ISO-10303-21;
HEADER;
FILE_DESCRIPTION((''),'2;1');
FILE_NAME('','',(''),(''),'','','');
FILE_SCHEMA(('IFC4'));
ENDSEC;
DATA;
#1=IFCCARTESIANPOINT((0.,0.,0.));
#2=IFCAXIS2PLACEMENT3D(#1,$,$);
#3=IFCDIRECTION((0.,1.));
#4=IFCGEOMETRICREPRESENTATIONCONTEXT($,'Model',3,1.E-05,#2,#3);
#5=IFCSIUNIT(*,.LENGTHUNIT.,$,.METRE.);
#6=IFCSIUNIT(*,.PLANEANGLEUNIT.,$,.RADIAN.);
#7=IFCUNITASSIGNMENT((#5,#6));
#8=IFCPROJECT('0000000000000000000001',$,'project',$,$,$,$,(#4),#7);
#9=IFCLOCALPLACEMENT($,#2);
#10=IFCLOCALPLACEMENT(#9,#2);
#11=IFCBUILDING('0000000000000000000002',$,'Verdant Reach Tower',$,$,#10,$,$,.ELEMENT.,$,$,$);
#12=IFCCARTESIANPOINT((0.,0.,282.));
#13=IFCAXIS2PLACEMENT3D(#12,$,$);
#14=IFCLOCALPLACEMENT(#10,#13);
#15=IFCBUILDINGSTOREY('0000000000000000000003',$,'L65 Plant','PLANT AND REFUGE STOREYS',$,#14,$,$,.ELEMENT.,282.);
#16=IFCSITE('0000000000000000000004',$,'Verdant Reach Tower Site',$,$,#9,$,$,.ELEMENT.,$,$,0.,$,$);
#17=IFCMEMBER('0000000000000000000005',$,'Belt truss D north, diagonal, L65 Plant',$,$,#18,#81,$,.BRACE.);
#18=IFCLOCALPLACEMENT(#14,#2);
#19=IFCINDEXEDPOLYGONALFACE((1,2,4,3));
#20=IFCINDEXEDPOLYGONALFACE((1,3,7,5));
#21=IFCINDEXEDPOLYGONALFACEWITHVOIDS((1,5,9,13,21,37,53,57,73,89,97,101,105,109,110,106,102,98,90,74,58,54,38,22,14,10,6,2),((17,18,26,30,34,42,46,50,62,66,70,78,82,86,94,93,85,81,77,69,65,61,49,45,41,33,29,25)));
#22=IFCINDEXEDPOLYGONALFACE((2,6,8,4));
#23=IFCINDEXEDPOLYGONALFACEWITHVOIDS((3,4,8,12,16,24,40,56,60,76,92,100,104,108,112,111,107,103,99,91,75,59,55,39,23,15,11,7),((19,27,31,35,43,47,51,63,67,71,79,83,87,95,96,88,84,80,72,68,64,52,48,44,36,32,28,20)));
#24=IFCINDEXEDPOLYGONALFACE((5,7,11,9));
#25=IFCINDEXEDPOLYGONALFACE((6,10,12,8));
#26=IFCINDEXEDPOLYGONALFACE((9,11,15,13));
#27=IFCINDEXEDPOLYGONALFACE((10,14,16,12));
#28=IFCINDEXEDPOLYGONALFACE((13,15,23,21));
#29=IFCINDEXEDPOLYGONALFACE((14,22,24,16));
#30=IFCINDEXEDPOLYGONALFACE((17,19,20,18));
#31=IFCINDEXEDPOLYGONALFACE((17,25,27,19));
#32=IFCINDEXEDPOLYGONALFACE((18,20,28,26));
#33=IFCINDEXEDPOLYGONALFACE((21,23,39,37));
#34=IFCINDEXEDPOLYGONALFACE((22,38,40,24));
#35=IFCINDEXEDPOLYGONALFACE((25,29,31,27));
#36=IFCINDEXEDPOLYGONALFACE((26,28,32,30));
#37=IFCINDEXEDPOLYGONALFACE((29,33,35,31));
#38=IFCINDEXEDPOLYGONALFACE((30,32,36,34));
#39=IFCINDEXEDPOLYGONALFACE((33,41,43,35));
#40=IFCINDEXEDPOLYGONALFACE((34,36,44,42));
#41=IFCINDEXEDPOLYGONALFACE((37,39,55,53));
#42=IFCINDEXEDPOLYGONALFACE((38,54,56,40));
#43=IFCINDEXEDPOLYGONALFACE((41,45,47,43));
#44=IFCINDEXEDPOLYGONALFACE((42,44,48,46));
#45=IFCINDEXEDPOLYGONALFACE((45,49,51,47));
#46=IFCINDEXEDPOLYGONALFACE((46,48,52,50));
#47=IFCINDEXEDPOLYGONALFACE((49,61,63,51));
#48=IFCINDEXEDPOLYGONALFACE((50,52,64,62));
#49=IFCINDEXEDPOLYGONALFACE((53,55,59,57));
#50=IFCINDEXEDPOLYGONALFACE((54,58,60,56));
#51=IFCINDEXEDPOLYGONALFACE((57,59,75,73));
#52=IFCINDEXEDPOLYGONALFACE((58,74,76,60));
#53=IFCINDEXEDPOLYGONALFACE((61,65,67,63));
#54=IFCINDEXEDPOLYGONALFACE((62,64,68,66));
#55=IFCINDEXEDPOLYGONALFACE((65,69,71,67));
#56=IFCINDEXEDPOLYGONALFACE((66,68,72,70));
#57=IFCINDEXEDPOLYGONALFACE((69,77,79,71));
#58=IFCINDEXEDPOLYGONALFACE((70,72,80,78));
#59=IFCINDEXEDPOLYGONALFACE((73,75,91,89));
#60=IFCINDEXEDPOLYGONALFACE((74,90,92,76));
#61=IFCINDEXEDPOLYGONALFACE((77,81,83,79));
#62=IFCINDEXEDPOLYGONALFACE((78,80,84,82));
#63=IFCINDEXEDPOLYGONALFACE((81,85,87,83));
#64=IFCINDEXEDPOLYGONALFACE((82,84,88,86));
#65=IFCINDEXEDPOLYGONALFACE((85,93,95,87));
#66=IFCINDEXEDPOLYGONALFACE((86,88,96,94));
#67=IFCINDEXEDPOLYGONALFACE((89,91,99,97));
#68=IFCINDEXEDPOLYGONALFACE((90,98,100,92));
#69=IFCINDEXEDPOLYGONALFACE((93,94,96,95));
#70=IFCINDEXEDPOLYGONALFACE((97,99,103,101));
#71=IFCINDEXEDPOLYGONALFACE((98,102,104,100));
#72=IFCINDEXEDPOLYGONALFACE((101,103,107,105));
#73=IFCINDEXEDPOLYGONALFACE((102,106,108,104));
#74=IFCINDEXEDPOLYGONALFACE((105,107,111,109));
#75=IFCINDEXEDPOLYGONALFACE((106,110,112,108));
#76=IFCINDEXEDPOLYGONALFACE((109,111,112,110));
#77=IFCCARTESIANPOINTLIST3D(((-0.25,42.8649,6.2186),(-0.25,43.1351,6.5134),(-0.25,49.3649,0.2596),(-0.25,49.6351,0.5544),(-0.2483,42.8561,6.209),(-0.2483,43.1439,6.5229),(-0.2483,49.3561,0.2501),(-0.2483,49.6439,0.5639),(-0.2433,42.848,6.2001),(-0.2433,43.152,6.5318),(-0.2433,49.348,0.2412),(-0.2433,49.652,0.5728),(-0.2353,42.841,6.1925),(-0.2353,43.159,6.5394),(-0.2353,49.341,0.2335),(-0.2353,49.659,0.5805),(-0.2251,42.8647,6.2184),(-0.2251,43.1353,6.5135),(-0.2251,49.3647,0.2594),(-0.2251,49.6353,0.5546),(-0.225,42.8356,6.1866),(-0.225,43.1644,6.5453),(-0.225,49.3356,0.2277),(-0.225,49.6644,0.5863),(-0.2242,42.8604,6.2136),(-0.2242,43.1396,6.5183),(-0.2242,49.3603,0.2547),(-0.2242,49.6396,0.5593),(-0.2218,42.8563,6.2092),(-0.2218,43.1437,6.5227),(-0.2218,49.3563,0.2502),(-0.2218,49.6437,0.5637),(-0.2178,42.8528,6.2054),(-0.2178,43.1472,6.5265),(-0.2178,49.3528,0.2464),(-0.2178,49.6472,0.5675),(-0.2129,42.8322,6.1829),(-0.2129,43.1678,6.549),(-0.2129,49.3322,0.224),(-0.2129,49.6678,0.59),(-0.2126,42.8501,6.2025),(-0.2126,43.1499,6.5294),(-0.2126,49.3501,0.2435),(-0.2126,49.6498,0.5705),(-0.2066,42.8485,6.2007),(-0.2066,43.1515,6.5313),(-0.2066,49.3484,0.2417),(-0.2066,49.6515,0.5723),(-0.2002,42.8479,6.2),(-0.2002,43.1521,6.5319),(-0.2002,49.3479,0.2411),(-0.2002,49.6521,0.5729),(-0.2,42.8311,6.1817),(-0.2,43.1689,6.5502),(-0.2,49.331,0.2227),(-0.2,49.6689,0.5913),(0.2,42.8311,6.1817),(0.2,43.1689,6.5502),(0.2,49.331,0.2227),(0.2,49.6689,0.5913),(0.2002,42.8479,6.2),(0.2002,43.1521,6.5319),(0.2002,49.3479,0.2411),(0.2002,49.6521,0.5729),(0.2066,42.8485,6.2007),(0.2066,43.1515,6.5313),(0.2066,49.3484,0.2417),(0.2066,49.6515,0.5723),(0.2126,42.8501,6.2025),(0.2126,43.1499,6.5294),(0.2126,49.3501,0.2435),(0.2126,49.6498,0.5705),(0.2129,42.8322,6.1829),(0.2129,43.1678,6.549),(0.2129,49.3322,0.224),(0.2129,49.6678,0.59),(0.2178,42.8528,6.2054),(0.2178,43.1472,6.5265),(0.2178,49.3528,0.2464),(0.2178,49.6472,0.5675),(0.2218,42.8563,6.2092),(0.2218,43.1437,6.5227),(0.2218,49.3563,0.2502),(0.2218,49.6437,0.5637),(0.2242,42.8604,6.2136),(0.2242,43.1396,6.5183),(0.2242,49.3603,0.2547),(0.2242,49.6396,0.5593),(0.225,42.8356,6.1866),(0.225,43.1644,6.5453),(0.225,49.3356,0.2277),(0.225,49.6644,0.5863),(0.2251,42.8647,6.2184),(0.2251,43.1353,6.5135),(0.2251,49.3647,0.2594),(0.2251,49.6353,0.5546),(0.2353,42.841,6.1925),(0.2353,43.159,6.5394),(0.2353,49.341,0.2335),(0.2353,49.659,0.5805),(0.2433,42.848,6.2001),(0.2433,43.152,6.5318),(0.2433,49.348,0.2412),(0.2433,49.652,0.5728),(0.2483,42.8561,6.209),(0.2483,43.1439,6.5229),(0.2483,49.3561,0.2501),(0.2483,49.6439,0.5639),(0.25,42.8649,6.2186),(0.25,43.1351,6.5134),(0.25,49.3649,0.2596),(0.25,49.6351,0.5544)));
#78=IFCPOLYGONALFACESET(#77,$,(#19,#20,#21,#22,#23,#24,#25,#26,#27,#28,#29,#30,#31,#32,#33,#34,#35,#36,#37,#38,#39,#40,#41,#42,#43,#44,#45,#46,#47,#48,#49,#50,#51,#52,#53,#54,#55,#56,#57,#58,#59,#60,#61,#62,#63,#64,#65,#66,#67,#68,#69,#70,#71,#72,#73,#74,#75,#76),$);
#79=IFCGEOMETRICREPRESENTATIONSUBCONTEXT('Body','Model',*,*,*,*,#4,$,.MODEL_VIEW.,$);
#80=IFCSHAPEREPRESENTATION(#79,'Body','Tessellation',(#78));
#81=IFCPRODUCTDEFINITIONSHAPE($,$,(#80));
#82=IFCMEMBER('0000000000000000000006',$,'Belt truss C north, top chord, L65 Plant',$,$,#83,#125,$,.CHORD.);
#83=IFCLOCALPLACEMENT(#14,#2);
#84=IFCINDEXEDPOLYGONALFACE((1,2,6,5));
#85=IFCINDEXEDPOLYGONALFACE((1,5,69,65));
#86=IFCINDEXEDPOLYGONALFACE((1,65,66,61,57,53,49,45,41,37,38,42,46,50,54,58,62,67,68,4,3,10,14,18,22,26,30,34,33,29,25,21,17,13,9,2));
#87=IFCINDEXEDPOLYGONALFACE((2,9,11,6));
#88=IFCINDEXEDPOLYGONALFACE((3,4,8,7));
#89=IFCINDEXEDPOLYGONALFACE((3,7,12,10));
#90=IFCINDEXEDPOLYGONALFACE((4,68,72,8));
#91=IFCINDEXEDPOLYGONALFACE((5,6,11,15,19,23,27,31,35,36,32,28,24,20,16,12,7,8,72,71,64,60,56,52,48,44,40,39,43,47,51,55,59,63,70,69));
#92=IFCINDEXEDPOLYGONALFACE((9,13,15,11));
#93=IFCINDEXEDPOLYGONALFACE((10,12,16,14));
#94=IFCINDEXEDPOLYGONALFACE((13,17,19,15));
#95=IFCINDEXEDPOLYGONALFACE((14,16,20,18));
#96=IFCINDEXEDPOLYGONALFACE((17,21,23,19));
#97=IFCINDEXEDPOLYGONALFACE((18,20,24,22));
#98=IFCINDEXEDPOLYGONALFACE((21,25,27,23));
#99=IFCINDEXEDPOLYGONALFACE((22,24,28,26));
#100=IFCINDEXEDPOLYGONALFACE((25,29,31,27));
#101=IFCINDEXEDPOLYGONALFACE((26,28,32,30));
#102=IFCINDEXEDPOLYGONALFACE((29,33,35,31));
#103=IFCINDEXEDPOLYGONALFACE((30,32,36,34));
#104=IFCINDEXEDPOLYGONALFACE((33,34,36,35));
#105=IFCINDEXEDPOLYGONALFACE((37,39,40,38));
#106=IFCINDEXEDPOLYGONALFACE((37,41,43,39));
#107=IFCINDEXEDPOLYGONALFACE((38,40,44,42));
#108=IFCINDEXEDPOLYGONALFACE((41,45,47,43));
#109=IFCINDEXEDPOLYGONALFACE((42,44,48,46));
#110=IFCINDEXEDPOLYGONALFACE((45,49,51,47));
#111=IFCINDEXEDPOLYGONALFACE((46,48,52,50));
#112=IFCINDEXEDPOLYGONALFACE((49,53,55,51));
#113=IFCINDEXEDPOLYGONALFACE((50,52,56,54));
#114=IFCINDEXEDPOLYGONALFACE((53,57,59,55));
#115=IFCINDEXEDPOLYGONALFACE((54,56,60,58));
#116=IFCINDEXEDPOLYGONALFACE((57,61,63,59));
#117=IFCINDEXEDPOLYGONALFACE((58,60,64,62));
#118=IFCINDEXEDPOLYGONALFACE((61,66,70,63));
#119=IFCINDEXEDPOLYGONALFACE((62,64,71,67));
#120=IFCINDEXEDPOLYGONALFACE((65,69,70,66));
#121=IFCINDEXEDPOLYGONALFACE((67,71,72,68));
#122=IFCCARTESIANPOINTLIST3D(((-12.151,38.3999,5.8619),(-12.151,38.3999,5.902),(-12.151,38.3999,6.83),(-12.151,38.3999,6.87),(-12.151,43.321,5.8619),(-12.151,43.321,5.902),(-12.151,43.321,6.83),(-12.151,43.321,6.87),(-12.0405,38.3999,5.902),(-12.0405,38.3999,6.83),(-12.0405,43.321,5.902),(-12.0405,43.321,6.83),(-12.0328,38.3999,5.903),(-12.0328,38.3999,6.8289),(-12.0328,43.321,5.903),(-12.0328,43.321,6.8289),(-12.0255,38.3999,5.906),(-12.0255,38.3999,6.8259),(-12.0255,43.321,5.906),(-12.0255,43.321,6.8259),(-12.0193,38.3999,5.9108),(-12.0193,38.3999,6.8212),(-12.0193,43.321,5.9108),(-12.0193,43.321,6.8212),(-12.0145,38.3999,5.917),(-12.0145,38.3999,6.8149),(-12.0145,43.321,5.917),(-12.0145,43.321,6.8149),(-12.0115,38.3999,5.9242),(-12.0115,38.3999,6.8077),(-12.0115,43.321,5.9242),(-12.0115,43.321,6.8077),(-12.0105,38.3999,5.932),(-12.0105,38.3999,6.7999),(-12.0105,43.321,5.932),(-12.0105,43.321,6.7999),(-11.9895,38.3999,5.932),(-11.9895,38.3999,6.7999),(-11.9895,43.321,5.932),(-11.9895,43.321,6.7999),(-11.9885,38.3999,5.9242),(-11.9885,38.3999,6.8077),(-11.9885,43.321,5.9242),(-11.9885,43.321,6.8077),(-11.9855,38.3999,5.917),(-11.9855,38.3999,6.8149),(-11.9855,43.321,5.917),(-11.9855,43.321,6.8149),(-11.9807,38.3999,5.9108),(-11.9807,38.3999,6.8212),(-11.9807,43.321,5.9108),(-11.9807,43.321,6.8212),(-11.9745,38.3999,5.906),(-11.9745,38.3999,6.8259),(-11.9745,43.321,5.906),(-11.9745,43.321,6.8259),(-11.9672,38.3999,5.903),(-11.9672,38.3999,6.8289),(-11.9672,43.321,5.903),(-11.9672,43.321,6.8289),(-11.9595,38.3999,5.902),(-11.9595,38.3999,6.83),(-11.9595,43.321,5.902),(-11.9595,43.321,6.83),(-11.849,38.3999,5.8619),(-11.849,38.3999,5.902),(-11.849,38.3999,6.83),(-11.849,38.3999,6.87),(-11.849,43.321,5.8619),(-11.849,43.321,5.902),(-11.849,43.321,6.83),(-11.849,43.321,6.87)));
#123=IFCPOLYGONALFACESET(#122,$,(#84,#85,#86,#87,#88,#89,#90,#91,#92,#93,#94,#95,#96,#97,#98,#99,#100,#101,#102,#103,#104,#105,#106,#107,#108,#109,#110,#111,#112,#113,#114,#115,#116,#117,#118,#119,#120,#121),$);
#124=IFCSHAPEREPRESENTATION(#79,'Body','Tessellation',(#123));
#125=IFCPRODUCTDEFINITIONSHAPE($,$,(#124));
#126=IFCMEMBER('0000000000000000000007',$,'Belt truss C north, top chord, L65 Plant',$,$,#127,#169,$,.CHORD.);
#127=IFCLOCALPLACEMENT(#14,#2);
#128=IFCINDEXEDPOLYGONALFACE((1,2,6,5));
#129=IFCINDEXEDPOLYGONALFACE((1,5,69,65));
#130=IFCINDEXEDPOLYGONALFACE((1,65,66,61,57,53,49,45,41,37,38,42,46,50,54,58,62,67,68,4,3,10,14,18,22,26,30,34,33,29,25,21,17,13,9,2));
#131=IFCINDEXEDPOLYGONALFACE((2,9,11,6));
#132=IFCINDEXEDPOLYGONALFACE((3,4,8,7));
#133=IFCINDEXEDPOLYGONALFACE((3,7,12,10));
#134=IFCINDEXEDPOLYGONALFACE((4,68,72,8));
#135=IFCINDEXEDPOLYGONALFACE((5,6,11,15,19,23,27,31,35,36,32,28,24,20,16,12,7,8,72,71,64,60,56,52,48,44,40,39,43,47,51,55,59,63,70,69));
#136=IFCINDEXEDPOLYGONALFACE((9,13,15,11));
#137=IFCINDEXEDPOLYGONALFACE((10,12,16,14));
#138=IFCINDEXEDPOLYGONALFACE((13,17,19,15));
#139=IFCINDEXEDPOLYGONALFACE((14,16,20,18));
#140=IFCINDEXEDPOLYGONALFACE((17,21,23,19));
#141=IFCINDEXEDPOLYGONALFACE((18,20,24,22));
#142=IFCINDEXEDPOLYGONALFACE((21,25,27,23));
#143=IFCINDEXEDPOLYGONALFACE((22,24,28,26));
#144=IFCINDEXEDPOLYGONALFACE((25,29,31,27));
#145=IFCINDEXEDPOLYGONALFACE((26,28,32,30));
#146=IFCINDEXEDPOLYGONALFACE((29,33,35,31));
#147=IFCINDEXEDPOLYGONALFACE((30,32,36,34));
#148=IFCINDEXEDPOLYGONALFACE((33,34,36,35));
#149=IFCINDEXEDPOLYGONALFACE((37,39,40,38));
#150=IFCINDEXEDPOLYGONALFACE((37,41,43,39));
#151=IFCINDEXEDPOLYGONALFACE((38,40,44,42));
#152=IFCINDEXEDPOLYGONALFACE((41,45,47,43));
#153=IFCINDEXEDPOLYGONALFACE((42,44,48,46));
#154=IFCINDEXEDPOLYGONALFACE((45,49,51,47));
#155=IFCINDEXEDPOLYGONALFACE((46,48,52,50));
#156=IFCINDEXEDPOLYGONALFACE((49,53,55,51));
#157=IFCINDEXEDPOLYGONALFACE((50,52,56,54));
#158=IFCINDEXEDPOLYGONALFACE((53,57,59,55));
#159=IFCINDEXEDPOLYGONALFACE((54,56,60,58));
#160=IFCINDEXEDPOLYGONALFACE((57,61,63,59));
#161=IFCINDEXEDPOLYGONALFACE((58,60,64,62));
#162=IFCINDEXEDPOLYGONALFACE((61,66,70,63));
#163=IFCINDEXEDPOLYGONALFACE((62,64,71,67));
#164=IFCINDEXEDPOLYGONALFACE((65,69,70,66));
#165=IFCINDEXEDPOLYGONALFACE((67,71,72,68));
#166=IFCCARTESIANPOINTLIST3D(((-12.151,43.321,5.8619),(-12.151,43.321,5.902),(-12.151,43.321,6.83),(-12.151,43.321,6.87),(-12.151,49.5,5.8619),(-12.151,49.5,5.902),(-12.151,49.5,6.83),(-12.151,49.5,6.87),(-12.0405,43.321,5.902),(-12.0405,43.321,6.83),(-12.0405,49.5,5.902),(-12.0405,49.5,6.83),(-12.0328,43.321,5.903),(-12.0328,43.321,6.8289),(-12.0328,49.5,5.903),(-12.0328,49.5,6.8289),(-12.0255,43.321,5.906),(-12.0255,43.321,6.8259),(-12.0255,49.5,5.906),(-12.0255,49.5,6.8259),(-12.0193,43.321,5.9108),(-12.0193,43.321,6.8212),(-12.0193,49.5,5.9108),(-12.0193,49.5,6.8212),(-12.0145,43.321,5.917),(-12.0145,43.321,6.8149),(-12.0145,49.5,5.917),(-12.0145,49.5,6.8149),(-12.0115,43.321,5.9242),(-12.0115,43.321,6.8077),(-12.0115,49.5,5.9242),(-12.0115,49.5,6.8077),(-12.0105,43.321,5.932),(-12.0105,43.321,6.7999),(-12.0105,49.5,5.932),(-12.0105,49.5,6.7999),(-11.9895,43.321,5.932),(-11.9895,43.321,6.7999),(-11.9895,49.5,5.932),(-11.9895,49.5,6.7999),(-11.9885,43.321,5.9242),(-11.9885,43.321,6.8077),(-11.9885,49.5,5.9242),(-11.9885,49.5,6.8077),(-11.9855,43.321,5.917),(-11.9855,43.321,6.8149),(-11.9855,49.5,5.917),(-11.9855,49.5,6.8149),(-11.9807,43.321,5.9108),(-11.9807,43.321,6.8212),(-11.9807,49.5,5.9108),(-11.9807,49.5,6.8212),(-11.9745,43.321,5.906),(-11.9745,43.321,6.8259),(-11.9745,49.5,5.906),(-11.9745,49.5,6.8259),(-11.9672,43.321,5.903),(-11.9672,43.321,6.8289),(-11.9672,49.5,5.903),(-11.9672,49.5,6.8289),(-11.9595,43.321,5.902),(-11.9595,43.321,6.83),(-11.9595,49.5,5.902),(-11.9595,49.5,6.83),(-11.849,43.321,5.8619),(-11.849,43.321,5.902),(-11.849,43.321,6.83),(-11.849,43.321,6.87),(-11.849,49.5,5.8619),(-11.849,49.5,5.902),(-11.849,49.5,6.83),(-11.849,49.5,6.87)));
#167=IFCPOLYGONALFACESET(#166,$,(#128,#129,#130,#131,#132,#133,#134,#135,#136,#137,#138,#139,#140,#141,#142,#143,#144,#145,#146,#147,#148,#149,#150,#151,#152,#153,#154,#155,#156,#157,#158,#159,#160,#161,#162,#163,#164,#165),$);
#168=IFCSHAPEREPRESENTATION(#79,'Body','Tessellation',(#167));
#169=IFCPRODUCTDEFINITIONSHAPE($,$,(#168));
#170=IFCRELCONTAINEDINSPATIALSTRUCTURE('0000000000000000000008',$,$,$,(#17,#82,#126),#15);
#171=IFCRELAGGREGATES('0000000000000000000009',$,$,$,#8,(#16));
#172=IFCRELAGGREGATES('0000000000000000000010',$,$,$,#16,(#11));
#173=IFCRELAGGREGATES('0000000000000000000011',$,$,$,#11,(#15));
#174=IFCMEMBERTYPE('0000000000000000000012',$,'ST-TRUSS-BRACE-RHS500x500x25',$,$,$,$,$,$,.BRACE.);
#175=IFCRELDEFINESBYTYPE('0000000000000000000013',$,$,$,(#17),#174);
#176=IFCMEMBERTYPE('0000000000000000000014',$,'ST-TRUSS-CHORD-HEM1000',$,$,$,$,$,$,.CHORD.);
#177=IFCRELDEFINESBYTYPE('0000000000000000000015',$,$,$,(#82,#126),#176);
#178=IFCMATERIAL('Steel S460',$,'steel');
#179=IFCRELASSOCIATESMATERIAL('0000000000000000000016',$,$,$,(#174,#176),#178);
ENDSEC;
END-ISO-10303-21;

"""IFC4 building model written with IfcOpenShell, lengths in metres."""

from ifc_helpers import new_model, si_unit, direction, frame, origin, origin_2d, place, context, subcontext, project, spatial, hollow_rectangle, i_section, extrude, material, material_profile, profile_set, type_object, element, save


model = new_model("IFC4")

# Units and contexts
model_context = context("Model", 3, precision=1e-05, world=origin(), true_north=direction((0.0, 1.0)))
body_context = subcontext(model_context, "Body", "Model", "MODEL_VIEW")
ifc_project = project(units=[si_unit("LENGTHUNIT", "METRE"), si_unit("PLANEANGLEUNIT", "RADIAN")], contexts=[model_context])

# Site, building, storey
site_placement = place(None, origin())
site = spatial("IfcSite", under=ifc_project, at=site_placement, Name="Verdant Reach Tower Site", CompositionType="ELEMENT", RefElevation=0.0)
building_placement = place(site_placement, origin())
building = spatial("IfcBuilding", under=site, at=building_placement, Name="Verdant Reach Tower", CompositionType="ELEMENT")
storey_placement = place(building_placement, frame((0.0, 0.0, 282.0)))
storey = spatial("IfcBuildingStorey", under=building, at=storey_placement, Name="L65 Plant", Description="PLANT AND REFUGE STOREYS", CompositionType="ELEMENT", Elevation=282.0)

# Shared definitions
ifc_material_1 = material(Name="Steel S460", Category="steel")

# Members
ifc_material_profile_1 = material_profile(ifc_material_1, hollow_rectangle(XDim=0.5, YDim=0.5, WallThickness=0.0249, InnerFilletRadius=0.0249, OuterFilletRadius=0.05, at=origin_2d()), Name="RHS 500x500x25")
ifc_profile_set_1 = profile_set([ifc_material_profile_1], Name="Steel S460")
member_type_1 = type_object("IfcMemberType", Name="ST-TRUSS-BRACE-RHS500x500x25", PredefinedType="BRACE", material=ifc_profile_set_1)
member_1_placement = place(storey_placement, frame((0.0, 43.0, 6.366), z_axis=(0.0, 0.737117, -0.675765), x_axis=(-1.0, 0.0, 0.0)))
element("IfcMember", 1, at=member_1_placement, inside=storey, type_object=member_type_1, Name="Belt truss D north, diagonal, L65 Plant", PredefinedType="BRACE", context=body_context, shape_type="SweptSolid", body=[
    extrude(hollow_rectangle(XDim=0.5, YDim=0.5, WallThickness=0.0249, InnerFilletRadius=0.0249, OuterFilletRadius=0.05, at=origin_2d()), origin(), (0.0, 0.0, 1.0), 8.8181),
])
ifc_material_profile_2 = material_profile(ifc_material_1, i_section(OverallWidth=0.302, OverallDepth=1.0081, WebThickness=0.021, FlangeThickness=0.04, FilletRadius=0.03, at=origin_2d()), Name="HEM 1000")
ifc_profile_set_2 = profile_set([ifc_material_profile_2], Name="Steel S460")
member_type_2 = type_object("IfcMemberType", Name="ST-TRUSS-CHORD-HEM1000", PredefinedType="CHORD", material=ifc_profile_set_2)
member_2_placement = place(storey_placement, frame((-12.0, 38.3999, 6.366), z_axis=(0.0, 1.0, 0.0), x_axis=(-1.0, 0.0, 0.0)))
element("IfcMember", 2, at=member_2_placement, inside=storey, type_object=member_type_2, Name="Belt truss C north, top chord, L65 Plant", PredefinedType="CHORD", context=body_context, shape_type="SweptSolid", body=[
    extrude(i_section(OverallWidth=0.302, OverallDepth=1.0081, WebThickness=0.021, FlangeThickness=0.04, FilletRadius=0.03, at=origin_2d()), origin(), (0.0, 0.0, 1.0), 4.9211),
])
member_3_placement = place(storey_placement, frame((-12.0, 43.321, 6.366), z_axis=(0.0, 1.0, 0.0), x_axis=(-1.0, 0.0, 0.0)))
element("IfcMember", 3, at=member_3_placement, inside=storey, type_object=member_type_2, Name="Belt truss C north, top chord, L65 Plant", PredefinedType="CHORD", context=body_context, shape_type="SweptSolid", body=[
    extrude(i_section(OverallWidth=0.302, OverallDepth=1.0081, WebThickness=0.021, FlangeThickness=0.04, FilletRadius=0.03, at=origin_2d()), origin(), (0.0, 0.0, 1.0), 6.179),
])

save(model, "model.ifc")
